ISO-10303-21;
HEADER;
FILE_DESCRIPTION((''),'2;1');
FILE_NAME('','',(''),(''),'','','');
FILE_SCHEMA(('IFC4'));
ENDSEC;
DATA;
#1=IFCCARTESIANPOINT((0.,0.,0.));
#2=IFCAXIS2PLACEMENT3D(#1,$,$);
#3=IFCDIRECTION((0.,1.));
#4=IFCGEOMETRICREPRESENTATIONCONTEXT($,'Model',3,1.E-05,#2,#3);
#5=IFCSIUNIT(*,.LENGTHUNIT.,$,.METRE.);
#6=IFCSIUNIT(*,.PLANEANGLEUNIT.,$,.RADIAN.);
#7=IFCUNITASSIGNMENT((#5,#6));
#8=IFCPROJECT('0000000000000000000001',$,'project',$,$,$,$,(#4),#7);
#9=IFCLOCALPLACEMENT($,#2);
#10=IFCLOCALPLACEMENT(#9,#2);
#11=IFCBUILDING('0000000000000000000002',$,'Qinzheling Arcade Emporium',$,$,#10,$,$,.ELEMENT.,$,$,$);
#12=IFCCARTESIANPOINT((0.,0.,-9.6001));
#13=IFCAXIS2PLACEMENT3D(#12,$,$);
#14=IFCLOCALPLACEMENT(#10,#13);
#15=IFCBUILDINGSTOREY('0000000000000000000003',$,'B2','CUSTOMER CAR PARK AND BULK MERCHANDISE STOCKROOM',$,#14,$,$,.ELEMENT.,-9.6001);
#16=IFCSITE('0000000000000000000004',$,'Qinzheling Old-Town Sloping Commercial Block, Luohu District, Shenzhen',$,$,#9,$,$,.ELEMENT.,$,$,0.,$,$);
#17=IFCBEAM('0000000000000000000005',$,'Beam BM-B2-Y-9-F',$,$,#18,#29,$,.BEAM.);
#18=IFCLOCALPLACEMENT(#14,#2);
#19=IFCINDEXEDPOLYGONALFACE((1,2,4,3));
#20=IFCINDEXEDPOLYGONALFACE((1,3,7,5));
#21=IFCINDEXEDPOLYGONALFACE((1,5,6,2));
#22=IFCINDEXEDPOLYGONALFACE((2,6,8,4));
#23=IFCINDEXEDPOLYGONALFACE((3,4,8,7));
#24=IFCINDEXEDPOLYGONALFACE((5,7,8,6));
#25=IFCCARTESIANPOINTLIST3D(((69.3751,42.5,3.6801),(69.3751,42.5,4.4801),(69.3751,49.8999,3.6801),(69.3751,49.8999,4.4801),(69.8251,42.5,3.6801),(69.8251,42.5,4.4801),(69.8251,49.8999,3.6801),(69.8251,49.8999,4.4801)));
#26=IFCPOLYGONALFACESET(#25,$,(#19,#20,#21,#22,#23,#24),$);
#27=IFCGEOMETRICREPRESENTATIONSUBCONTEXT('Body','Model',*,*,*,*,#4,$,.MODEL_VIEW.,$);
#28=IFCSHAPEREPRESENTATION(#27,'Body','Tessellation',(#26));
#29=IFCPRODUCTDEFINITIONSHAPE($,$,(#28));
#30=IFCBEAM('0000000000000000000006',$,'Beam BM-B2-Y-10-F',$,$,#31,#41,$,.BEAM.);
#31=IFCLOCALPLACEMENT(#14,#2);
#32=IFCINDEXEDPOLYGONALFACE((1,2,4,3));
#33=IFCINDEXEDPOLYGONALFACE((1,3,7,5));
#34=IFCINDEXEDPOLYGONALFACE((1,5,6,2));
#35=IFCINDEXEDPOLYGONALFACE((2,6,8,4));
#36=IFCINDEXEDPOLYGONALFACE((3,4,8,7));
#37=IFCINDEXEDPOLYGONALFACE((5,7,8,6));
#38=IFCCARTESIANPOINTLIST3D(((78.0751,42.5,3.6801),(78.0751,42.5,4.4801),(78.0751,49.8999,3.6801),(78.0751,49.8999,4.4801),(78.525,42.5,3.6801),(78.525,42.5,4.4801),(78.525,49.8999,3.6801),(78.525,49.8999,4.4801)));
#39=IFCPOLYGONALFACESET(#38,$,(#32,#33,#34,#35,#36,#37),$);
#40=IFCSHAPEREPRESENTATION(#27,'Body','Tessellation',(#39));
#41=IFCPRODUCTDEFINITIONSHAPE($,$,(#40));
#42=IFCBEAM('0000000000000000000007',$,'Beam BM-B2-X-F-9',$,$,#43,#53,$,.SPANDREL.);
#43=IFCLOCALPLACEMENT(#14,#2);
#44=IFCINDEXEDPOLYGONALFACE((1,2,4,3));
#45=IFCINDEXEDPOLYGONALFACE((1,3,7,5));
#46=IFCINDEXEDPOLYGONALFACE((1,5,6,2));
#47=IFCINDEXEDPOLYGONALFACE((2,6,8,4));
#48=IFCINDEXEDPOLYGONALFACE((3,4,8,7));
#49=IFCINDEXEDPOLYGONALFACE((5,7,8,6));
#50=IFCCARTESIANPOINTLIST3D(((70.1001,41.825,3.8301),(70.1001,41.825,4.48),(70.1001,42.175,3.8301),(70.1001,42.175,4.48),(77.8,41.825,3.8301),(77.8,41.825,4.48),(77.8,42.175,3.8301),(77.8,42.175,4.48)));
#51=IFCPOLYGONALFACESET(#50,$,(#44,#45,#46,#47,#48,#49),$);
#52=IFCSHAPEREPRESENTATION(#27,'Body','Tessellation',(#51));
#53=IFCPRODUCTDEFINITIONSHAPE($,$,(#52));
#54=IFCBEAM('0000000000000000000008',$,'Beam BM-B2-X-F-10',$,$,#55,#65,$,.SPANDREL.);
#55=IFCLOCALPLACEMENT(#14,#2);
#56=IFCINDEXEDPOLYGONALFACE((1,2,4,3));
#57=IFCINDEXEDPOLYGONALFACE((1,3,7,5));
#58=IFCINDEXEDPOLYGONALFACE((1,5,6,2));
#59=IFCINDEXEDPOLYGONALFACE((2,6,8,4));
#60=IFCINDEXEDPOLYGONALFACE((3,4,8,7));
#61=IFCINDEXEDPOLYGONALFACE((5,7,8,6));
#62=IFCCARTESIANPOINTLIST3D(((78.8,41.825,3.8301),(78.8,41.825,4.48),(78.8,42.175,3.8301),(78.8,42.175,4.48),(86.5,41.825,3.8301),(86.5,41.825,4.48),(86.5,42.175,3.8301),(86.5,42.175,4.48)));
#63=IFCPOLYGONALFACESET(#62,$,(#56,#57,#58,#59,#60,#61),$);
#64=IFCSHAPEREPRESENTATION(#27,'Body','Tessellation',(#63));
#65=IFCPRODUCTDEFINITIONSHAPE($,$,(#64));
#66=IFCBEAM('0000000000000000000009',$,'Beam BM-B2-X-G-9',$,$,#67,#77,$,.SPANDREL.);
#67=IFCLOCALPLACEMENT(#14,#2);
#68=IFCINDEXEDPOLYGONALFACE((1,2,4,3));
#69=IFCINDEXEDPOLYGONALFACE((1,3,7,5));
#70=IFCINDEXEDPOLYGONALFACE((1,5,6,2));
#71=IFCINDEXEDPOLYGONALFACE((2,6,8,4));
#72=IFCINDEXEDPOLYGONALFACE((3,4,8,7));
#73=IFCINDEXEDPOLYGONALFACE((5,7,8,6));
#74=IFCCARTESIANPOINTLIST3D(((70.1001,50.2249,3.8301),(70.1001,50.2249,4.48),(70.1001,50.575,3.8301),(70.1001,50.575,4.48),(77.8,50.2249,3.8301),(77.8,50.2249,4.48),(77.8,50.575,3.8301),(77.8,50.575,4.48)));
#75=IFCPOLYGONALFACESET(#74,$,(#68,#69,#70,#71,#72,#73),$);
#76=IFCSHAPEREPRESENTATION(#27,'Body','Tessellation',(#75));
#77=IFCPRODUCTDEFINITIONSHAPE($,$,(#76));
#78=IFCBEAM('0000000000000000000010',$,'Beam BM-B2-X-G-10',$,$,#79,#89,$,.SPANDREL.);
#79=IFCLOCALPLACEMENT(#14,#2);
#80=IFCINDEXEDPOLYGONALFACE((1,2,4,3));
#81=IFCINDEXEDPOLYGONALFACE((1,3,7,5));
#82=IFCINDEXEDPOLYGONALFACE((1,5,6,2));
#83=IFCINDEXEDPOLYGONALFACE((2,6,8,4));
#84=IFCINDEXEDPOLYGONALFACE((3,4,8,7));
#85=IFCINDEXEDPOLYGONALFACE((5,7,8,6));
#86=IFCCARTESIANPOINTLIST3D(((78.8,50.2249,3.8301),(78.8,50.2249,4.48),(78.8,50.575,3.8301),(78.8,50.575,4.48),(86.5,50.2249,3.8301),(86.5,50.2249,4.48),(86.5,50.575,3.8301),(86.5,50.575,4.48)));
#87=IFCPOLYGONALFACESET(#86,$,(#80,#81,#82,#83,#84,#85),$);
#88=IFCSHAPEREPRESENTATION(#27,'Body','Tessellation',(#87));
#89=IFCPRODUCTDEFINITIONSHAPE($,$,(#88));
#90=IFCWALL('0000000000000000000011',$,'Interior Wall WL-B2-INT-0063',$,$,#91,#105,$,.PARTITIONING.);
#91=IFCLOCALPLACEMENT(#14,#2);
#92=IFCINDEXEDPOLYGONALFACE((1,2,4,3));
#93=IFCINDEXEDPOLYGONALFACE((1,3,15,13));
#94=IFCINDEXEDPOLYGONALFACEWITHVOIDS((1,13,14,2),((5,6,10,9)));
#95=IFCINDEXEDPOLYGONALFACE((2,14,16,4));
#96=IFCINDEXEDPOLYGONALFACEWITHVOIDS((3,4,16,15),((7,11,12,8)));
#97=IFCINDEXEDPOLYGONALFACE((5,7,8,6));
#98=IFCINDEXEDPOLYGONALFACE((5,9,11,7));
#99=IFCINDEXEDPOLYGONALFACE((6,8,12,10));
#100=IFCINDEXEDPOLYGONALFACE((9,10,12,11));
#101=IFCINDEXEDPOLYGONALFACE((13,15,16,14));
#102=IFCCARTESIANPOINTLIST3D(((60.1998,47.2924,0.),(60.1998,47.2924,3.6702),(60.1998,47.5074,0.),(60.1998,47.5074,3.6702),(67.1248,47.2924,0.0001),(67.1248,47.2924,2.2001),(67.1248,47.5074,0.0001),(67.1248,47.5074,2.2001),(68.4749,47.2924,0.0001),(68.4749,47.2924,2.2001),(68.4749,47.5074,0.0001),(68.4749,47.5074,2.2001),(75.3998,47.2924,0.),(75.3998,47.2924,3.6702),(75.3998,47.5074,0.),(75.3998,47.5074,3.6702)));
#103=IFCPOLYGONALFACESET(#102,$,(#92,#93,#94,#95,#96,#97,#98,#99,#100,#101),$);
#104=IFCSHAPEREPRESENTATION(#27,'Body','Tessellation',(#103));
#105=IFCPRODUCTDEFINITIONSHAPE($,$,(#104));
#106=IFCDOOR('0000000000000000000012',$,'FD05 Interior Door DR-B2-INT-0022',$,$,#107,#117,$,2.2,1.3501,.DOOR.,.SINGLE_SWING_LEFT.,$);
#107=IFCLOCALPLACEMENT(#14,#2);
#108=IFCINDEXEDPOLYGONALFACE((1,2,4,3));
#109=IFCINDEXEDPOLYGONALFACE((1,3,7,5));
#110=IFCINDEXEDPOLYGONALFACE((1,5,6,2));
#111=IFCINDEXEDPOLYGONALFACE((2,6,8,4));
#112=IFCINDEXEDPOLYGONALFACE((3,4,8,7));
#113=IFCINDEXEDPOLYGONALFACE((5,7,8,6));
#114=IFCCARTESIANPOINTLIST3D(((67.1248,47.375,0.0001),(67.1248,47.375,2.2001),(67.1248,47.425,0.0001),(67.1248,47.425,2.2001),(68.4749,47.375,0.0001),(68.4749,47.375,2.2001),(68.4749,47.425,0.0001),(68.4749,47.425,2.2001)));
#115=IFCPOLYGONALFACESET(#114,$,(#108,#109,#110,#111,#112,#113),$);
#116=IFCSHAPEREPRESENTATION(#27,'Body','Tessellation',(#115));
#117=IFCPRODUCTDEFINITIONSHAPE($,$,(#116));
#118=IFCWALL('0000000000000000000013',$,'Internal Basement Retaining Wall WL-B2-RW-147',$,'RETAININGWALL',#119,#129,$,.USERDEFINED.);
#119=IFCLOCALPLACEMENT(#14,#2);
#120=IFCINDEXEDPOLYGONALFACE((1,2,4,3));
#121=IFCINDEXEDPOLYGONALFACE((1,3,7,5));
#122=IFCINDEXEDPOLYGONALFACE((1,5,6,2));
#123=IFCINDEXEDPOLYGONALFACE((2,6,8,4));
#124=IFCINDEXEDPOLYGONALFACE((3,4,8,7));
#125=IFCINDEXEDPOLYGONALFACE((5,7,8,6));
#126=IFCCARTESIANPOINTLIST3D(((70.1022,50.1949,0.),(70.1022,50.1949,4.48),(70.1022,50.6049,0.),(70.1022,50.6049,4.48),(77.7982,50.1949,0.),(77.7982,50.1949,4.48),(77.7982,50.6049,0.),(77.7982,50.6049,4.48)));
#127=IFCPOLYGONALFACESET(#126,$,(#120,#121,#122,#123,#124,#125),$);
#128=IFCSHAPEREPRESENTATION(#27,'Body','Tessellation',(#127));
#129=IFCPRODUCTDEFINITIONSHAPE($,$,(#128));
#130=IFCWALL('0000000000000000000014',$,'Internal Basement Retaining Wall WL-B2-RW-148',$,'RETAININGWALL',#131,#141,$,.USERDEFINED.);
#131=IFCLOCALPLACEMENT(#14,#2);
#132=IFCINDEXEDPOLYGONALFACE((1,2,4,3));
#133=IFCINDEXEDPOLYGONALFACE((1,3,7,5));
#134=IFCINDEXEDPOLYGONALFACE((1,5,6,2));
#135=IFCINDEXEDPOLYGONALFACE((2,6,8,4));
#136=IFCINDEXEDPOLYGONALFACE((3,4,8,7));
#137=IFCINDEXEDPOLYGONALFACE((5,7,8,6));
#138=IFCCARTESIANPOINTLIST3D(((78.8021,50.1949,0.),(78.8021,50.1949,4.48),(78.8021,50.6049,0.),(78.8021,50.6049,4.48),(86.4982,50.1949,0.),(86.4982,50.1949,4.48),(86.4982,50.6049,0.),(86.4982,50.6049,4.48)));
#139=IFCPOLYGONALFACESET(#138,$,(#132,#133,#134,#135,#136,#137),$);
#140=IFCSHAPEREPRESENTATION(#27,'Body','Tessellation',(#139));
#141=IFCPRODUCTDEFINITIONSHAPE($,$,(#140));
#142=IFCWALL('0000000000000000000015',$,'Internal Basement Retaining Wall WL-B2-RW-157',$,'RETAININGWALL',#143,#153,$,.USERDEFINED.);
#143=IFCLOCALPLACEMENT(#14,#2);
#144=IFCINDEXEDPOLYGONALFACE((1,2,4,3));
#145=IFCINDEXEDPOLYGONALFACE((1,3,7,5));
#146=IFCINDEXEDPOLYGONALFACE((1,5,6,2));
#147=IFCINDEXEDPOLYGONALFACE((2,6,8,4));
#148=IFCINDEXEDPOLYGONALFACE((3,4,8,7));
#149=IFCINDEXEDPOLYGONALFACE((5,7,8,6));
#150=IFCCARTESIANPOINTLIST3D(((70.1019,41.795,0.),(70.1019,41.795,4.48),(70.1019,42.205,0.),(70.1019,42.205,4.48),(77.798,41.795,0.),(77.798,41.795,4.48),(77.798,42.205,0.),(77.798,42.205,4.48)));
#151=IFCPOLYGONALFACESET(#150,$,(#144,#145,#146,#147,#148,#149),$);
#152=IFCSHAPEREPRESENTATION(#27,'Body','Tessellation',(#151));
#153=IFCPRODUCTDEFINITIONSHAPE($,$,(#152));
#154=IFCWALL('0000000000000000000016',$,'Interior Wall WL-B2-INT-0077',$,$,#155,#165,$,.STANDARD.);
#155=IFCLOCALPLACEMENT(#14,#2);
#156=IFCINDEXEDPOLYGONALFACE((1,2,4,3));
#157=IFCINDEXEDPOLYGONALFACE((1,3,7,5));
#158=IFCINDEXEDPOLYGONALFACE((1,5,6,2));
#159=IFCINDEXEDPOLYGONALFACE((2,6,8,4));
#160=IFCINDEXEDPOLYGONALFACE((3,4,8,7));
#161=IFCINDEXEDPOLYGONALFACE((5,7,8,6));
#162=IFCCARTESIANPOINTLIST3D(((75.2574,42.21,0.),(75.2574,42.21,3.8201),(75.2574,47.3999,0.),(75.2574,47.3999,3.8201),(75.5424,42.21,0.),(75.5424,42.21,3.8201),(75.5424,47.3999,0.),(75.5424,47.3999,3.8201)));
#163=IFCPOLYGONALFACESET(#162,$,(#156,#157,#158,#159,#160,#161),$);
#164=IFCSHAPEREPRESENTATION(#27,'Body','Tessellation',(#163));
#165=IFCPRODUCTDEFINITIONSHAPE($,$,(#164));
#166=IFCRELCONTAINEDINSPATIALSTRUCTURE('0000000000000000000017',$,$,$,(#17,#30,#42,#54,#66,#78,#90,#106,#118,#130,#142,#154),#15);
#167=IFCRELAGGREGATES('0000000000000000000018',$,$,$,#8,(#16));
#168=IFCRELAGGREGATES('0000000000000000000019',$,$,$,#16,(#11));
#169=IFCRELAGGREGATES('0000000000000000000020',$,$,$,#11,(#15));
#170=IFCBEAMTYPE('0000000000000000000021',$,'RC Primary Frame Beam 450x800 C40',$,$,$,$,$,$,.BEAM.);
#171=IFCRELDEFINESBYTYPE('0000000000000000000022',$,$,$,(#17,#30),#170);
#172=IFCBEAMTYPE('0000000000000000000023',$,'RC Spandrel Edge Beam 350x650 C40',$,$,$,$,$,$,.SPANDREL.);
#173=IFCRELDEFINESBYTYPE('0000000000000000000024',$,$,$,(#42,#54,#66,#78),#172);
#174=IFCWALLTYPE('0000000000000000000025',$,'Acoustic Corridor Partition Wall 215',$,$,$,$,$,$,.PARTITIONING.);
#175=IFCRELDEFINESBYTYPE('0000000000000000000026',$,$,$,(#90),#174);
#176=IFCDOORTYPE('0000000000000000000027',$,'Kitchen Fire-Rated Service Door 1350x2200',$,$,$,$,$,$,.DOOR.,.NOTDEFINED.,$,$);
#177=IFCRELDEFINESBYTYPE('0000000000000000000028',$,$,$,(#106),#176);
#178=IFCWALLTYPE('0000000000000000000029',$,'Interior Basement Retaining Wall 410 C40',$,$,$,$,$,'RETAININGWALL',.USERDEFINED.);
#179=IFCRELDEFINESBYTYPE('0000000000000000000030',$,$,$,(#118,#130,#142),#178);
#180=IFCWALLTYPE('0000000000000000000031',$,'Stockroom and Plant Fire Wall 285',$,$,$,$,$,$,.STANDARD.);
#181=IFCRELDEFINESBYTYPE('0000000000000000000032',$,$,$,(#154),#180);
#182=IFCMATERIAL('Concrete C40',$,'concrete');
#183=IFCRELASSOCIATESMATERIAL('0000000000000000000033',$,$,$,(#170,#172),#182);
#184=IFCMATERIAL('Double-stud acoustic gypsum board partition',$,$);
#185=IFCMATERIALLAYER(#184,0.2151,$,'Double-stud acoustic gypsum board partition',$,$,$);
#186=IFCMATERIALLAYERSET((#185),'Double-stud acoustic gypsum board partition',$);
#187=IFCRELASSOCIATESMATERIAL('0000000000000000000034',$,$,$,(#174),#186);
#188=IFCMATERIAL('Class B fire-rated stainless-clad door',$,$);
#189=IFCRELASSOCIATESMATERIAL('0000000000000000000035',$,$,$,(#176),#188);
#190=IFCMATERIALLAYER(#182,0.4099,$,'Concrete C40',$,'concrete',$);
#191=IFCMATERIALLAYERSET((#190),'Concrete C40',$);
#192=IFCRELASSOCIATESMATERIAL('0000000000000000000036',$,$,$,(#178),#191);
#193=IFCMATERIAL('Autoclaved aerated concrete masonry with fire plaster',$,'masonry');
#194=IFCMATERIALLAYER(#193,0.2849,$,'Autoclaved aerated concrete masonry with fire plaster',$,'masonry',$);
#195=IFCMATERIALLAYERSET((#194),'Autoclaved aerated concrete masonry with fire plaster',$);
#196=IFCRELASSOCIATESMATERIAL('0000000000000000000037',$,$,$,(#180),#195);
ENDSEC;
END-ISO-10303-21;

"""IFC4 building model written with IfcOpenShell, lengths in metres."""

from ifc_helpers import new_model, si_unit, direction, frame, frame_2d, origin, origin_2d, place, context, subcontext, project, spatial, rectangle, extrude, material, layer, layer_set, material_profile, profile_set, type_object, element, fill, save


model = new_model("IFC4")

# Units and contexts
model_context = context("Model", 3, precision=1e-05, world=origin(), true_north=direction((0.0, 1.0)))
body_context = subcontext(model_context, "Body", "Model", "MODEL_VIEW")
ifc_project = project(units=[si_unit("LENGTHUNIT", "METRE"), si_unit("PLANEANGLEUNIT", "RADIAN")], contexts=[model_context])

# Site, building, storey
site_placement = place(None, origin())
site = spatial("IfcSite", under=ifc_project, at=site_placement, Name="Qinzheling Old-Town Sloping Commercial Block, Luohu District, Shenzhen", CompositionType="ELEMENT", RefElevation=0.0)
building_placement = place(site_placement, origin())
building = spatial("IfcBuilding", under=site, at=building_placement, Name="Qinzheling Arcade Emporium", CompositionType="ELEMENT")
storey_placement = place(building_placement, frame((0.0, 0.0, -9.6001)))
storey = spatial("IfcBuildingStorey", under=building, at=storey_placement, Name="B2", Description="CUSTOMER CAR PARK AND BULK MERCHANDISE STOCKROOM", CompositionType="ELEMENT", Elevation=-9.6001)

# Shared definitions
ifc_material_1 = material(Name="Concrete C40", Category="concrete")

# Beams
ifc_material_profile_1 = material_profile(ifc_material_1, rectangle(XDim=0.45, YDim=0.8, at=origin_2d()), Name="RC 450x800", Category="concrete")
ifc_profile_set_1 = profile_set([ifc_material_profile_1], Name="Concrete C40")
beam_type_1 = type_object("IfcBeamType", Name="RC Primary Frame Beam 450x800 C40", PredefinedType="BEAM", material=ifc_profile_set_1)
for number, where, z_axis, x_axis, name in (
    (1, (69.6001, 42.5, 4.0801), (0.0, 1.0, 0.0), (-1.0, 0.0, 0.0), "Beam BM-B2-Y-9-F"),
    (2, (78.3, 42.5, 4.0801), (0.0, 1.0, 0.0), (-1.0, 0.0, 0.0), "Beam BM-B2-Y-10-F"),
):
    element("IfcBeam", number, at=place(storey_placement, frame(where, z_axis=z_axis, x_axis=x_axis)), inside=storey, type_object=beam_type_1, Name=name, PredefinedType="BEAM", context=body_context, shape_type="SweptSolid", body=[
        extrude(rectangle(XDim=0.45, YDim=0.8, at=origin_2d()), origin(), (0.0, 0.0, 1.0), 7.3999),
    ])
ifc_material_profile_2 = material_profile(ifc_material_1, rectangle(XDim=0.3501, YDim=0.6499, at=origin_2d()), Name="RC 350x650", Category="concrete")
ifc_profile_set_2 = profile_set([ifc_material_profile_2], Name="Concrete C40")
beam_type_2 = type_object("IfcBeamType", Name="RC Spandrel Edge Beam 350x650 C40", PredefinedType="SPANDREL", material=ifc_profile_set_2)
for number, where, z_axis, x_axis, name in (
    (3, (70.1001, 42.0, 4.155), (1.0, 0.0, 0.0), (0.0, 1.0, 0.0), "Beam BM-B2-X-F-9"),
    (4, (78.8, 42.0, 4.155), (1.0, 0.0, 0.0), (0.0, 1.0, 0.0), "Beam BM-B2-X-F-10"),
    (5, (70.1001, 50.3999, 4.155), (1.0, 0.0, 0.0), (0.0, 1.0, 0.0), "Beam BM-B2-X-G-9"),
    (6, (78.8, 50.3999, 4.155), (1.0, 0.0, 0.0), (0.0, 1.0, 0.0), "Beam BM-B2-X-G-10"),
):
    element("IfcBeam", number, at=place(storey_placement, frame(where, z_axis=z_axis, x_axis=x_axis)), inside=storey, type_object=beam_type_2, Name=name, PredefinedType="SPANDREL", context=body_context, shape_type="SweptSolid", body=[
        extrude(rectangle(XDim=0.3501, YDim=0.6499, at=origin_2d()), origin(), (0.0, 0.0, 1.0), 7.7),
    ])

# Wall, opening, door
ifc_material_2 = material(Name="Double-stud acoustic gypsum board partition")
ifc_layer_1 = layer(ifc_material_2, 0.2151, Name="Double-stud acoustic gypsum board partition")
ifc_layer_set_1 = layer_set([ifc_layer_1], Name="Double-stud acoustic gypsum board partition")
wall_type_1 = type_object("IfcWallType", Name="Acoustic Corridor Partition Wall 215", PredefinedType="PARTITIONING", material=ifc_layer_set_1)
wall_1_placement = place(storey_placement, frame((75.3999, 47.3999, 0.0), z_axis=(0.0, 0.0, 1.0), x_axis=(-1.0, 0.0, 0.0)))
wall_1 = element("IfcWall", 7, at=wall_1_placement, inside=storey, type_object=wall_type_1, Name="Interior Wall WL-B2-INT-0063", PredefinedType="PARTITIONING", context=body_context, shape_type="SweptSolid", body=[
    extrude(rectangle(XDim=15.2, YDim=0.2151, at=frame_2d((7.6001, 0.0))), origin(), (0.0, 0.0, 1.0), 3.6702),
])
opening_placement = place(wall_1_placement, frame((6.925, 0.0, 0.0)))
opening = element("IfcOpeningElement", 8, at=opening_placement, cuts=wall_1, PredefinedType="OPENING", context=body_context, shape_type="SweptSolid", body=[
    extrude(rectangle(XDim=1.3501, YDim=2.2, at=frame_2d((0.675, 1.1001))), frame((0.0, 0.1177, 0.0), z_axis=(0.0, -1.0, 0.0), x_axis=(1.0, 0.0, 0.0)), (0.0, 0.0, 1.0), 0.2351),
])
ifc_material_3 = material(Name="Class B fire-rated stainless-clad door")
door_type = type_object("IfcDoorType", Name="Kitchen Fire-Rated Service Door 1350x2200", OperationType="NOTDEFINED", PredefinedType="DOOR", material=ifc_material_3)
door_placement = place(opening_placement, origin())
door = element("IfcDoor", 9, at=door_placement, inside=storey, type_object=door_type, Name="FD05 Interior Door DR-B2-INT-0022", OperationType="SINGLE_SWING_LEFT", OverallHeight=2.2, OverallWidth=1.3501, PredefinedType="DOOR", context=body_context, shape_type="SweptSolid", body=[
    extrude(rectangle(XDim=1.3501, YDim=2.2, at=frame_2d((0.675, 1.1001))), frame((0.0, 0.0249, 0.0), z_axis=(0.0, -1.0, 0.0), x_axis=(1.0, 0.0, 0.0)), (0.0, 0.0, 1.0), 0.05),
])
fill(opening, door)

# Walls
ifc_layer_2 = layer(ifc_material_1, 0.4099, Name="Concrete C40", Category="concrete")
ifc_layer_set_2 = layer_set([ifc_layer_2], Name="Concrete C40")
wall_type_2 = type_object("IfcWallType", Name="Interior Basement Retaining Wall 410 C40", ElementType="RETAININGWALL", PredefinedType="USERDEFINED", material=ifc_layer_set_2)
for number, where, z_axis, x_axis, name in (
    (10, (70.1021, 50.3999, 0.0), (0.0, 0.0, 1.0), (1.0, 0.0, 0.0), "Internal Basement Retaining Wall WL-B2-RW-147"),
    (11, (78.802, 50.3999, 0.0), (0.0, 0.0, 1.0), (1.0, 0.0, 0.0), "Internal Basement Retaining Wall WL-B2-RW-148"),
    (12, (77.7981, 42.0, 0.0), (0.0, 0.0, 1.0), (-1.0, 0.0, 0.0), "Internal Basement Retaining Wall WL-B2-RW-157"),
):
    element("IfcWall", number, at=place(storey_placement, frame(where, z_axis=z_axis, x_axis=x_axis)), inside=storey, type_object=wall_type_2, Name=name, ObjectType="RETAININGWALL", PredefinedType="USERDEFINED", context=body_context, shape_type="SweptSolid", body=[
        extrude(rectangle(XDim=7.696, YDim=0.4099, at=frame_2d((3.8481, 0.0))), origin(), (0.0, 0.0, 1.0), 4.48),
    ])
ifc_material_4 = material(Name="Autoclaved aerated concrete masonry with fire plaster", Category="masonry")
ifc_layer_3 = layer(ifc_material_4, 0.2849, Name="Autoclaved aerated concrete masonry with fire plaster", Category="masonry")
ifc_layer_set_3 = layer_set([ifc_layer_3], Name="Autoclaved aerated concrete masonry with fire plaster")
wall_type_3 = type_object("IfcWallType", Name="Stockroom and Plant Fire Wall 285", PredefinedType="STANDARD", material=ifc_layer_set_3)
wall_2_placement = place(storey_placement, frame((75.3999, 42.21, 0.0), z_axis=(0.0, 0.0, 1.0), x_axis=(0.0, 1.0, 0.0)))
element("IfcWall", 13, at=wall_2_placement, inside=storey, type_object=wall_type_3, Name="Interior Wall WL-B2-INT-0077", PredefinedType="STANDARD", context=body_context, shape_type="SweptSolid", body=[
    extrude(rectangle(XDim=5.1899, YDim=0.2849, at=frame_2d((2.595, 0.0))), origin(), (0.0, 0.0, 1.0), 3.8201),
])

save(model, "model.ifc")
